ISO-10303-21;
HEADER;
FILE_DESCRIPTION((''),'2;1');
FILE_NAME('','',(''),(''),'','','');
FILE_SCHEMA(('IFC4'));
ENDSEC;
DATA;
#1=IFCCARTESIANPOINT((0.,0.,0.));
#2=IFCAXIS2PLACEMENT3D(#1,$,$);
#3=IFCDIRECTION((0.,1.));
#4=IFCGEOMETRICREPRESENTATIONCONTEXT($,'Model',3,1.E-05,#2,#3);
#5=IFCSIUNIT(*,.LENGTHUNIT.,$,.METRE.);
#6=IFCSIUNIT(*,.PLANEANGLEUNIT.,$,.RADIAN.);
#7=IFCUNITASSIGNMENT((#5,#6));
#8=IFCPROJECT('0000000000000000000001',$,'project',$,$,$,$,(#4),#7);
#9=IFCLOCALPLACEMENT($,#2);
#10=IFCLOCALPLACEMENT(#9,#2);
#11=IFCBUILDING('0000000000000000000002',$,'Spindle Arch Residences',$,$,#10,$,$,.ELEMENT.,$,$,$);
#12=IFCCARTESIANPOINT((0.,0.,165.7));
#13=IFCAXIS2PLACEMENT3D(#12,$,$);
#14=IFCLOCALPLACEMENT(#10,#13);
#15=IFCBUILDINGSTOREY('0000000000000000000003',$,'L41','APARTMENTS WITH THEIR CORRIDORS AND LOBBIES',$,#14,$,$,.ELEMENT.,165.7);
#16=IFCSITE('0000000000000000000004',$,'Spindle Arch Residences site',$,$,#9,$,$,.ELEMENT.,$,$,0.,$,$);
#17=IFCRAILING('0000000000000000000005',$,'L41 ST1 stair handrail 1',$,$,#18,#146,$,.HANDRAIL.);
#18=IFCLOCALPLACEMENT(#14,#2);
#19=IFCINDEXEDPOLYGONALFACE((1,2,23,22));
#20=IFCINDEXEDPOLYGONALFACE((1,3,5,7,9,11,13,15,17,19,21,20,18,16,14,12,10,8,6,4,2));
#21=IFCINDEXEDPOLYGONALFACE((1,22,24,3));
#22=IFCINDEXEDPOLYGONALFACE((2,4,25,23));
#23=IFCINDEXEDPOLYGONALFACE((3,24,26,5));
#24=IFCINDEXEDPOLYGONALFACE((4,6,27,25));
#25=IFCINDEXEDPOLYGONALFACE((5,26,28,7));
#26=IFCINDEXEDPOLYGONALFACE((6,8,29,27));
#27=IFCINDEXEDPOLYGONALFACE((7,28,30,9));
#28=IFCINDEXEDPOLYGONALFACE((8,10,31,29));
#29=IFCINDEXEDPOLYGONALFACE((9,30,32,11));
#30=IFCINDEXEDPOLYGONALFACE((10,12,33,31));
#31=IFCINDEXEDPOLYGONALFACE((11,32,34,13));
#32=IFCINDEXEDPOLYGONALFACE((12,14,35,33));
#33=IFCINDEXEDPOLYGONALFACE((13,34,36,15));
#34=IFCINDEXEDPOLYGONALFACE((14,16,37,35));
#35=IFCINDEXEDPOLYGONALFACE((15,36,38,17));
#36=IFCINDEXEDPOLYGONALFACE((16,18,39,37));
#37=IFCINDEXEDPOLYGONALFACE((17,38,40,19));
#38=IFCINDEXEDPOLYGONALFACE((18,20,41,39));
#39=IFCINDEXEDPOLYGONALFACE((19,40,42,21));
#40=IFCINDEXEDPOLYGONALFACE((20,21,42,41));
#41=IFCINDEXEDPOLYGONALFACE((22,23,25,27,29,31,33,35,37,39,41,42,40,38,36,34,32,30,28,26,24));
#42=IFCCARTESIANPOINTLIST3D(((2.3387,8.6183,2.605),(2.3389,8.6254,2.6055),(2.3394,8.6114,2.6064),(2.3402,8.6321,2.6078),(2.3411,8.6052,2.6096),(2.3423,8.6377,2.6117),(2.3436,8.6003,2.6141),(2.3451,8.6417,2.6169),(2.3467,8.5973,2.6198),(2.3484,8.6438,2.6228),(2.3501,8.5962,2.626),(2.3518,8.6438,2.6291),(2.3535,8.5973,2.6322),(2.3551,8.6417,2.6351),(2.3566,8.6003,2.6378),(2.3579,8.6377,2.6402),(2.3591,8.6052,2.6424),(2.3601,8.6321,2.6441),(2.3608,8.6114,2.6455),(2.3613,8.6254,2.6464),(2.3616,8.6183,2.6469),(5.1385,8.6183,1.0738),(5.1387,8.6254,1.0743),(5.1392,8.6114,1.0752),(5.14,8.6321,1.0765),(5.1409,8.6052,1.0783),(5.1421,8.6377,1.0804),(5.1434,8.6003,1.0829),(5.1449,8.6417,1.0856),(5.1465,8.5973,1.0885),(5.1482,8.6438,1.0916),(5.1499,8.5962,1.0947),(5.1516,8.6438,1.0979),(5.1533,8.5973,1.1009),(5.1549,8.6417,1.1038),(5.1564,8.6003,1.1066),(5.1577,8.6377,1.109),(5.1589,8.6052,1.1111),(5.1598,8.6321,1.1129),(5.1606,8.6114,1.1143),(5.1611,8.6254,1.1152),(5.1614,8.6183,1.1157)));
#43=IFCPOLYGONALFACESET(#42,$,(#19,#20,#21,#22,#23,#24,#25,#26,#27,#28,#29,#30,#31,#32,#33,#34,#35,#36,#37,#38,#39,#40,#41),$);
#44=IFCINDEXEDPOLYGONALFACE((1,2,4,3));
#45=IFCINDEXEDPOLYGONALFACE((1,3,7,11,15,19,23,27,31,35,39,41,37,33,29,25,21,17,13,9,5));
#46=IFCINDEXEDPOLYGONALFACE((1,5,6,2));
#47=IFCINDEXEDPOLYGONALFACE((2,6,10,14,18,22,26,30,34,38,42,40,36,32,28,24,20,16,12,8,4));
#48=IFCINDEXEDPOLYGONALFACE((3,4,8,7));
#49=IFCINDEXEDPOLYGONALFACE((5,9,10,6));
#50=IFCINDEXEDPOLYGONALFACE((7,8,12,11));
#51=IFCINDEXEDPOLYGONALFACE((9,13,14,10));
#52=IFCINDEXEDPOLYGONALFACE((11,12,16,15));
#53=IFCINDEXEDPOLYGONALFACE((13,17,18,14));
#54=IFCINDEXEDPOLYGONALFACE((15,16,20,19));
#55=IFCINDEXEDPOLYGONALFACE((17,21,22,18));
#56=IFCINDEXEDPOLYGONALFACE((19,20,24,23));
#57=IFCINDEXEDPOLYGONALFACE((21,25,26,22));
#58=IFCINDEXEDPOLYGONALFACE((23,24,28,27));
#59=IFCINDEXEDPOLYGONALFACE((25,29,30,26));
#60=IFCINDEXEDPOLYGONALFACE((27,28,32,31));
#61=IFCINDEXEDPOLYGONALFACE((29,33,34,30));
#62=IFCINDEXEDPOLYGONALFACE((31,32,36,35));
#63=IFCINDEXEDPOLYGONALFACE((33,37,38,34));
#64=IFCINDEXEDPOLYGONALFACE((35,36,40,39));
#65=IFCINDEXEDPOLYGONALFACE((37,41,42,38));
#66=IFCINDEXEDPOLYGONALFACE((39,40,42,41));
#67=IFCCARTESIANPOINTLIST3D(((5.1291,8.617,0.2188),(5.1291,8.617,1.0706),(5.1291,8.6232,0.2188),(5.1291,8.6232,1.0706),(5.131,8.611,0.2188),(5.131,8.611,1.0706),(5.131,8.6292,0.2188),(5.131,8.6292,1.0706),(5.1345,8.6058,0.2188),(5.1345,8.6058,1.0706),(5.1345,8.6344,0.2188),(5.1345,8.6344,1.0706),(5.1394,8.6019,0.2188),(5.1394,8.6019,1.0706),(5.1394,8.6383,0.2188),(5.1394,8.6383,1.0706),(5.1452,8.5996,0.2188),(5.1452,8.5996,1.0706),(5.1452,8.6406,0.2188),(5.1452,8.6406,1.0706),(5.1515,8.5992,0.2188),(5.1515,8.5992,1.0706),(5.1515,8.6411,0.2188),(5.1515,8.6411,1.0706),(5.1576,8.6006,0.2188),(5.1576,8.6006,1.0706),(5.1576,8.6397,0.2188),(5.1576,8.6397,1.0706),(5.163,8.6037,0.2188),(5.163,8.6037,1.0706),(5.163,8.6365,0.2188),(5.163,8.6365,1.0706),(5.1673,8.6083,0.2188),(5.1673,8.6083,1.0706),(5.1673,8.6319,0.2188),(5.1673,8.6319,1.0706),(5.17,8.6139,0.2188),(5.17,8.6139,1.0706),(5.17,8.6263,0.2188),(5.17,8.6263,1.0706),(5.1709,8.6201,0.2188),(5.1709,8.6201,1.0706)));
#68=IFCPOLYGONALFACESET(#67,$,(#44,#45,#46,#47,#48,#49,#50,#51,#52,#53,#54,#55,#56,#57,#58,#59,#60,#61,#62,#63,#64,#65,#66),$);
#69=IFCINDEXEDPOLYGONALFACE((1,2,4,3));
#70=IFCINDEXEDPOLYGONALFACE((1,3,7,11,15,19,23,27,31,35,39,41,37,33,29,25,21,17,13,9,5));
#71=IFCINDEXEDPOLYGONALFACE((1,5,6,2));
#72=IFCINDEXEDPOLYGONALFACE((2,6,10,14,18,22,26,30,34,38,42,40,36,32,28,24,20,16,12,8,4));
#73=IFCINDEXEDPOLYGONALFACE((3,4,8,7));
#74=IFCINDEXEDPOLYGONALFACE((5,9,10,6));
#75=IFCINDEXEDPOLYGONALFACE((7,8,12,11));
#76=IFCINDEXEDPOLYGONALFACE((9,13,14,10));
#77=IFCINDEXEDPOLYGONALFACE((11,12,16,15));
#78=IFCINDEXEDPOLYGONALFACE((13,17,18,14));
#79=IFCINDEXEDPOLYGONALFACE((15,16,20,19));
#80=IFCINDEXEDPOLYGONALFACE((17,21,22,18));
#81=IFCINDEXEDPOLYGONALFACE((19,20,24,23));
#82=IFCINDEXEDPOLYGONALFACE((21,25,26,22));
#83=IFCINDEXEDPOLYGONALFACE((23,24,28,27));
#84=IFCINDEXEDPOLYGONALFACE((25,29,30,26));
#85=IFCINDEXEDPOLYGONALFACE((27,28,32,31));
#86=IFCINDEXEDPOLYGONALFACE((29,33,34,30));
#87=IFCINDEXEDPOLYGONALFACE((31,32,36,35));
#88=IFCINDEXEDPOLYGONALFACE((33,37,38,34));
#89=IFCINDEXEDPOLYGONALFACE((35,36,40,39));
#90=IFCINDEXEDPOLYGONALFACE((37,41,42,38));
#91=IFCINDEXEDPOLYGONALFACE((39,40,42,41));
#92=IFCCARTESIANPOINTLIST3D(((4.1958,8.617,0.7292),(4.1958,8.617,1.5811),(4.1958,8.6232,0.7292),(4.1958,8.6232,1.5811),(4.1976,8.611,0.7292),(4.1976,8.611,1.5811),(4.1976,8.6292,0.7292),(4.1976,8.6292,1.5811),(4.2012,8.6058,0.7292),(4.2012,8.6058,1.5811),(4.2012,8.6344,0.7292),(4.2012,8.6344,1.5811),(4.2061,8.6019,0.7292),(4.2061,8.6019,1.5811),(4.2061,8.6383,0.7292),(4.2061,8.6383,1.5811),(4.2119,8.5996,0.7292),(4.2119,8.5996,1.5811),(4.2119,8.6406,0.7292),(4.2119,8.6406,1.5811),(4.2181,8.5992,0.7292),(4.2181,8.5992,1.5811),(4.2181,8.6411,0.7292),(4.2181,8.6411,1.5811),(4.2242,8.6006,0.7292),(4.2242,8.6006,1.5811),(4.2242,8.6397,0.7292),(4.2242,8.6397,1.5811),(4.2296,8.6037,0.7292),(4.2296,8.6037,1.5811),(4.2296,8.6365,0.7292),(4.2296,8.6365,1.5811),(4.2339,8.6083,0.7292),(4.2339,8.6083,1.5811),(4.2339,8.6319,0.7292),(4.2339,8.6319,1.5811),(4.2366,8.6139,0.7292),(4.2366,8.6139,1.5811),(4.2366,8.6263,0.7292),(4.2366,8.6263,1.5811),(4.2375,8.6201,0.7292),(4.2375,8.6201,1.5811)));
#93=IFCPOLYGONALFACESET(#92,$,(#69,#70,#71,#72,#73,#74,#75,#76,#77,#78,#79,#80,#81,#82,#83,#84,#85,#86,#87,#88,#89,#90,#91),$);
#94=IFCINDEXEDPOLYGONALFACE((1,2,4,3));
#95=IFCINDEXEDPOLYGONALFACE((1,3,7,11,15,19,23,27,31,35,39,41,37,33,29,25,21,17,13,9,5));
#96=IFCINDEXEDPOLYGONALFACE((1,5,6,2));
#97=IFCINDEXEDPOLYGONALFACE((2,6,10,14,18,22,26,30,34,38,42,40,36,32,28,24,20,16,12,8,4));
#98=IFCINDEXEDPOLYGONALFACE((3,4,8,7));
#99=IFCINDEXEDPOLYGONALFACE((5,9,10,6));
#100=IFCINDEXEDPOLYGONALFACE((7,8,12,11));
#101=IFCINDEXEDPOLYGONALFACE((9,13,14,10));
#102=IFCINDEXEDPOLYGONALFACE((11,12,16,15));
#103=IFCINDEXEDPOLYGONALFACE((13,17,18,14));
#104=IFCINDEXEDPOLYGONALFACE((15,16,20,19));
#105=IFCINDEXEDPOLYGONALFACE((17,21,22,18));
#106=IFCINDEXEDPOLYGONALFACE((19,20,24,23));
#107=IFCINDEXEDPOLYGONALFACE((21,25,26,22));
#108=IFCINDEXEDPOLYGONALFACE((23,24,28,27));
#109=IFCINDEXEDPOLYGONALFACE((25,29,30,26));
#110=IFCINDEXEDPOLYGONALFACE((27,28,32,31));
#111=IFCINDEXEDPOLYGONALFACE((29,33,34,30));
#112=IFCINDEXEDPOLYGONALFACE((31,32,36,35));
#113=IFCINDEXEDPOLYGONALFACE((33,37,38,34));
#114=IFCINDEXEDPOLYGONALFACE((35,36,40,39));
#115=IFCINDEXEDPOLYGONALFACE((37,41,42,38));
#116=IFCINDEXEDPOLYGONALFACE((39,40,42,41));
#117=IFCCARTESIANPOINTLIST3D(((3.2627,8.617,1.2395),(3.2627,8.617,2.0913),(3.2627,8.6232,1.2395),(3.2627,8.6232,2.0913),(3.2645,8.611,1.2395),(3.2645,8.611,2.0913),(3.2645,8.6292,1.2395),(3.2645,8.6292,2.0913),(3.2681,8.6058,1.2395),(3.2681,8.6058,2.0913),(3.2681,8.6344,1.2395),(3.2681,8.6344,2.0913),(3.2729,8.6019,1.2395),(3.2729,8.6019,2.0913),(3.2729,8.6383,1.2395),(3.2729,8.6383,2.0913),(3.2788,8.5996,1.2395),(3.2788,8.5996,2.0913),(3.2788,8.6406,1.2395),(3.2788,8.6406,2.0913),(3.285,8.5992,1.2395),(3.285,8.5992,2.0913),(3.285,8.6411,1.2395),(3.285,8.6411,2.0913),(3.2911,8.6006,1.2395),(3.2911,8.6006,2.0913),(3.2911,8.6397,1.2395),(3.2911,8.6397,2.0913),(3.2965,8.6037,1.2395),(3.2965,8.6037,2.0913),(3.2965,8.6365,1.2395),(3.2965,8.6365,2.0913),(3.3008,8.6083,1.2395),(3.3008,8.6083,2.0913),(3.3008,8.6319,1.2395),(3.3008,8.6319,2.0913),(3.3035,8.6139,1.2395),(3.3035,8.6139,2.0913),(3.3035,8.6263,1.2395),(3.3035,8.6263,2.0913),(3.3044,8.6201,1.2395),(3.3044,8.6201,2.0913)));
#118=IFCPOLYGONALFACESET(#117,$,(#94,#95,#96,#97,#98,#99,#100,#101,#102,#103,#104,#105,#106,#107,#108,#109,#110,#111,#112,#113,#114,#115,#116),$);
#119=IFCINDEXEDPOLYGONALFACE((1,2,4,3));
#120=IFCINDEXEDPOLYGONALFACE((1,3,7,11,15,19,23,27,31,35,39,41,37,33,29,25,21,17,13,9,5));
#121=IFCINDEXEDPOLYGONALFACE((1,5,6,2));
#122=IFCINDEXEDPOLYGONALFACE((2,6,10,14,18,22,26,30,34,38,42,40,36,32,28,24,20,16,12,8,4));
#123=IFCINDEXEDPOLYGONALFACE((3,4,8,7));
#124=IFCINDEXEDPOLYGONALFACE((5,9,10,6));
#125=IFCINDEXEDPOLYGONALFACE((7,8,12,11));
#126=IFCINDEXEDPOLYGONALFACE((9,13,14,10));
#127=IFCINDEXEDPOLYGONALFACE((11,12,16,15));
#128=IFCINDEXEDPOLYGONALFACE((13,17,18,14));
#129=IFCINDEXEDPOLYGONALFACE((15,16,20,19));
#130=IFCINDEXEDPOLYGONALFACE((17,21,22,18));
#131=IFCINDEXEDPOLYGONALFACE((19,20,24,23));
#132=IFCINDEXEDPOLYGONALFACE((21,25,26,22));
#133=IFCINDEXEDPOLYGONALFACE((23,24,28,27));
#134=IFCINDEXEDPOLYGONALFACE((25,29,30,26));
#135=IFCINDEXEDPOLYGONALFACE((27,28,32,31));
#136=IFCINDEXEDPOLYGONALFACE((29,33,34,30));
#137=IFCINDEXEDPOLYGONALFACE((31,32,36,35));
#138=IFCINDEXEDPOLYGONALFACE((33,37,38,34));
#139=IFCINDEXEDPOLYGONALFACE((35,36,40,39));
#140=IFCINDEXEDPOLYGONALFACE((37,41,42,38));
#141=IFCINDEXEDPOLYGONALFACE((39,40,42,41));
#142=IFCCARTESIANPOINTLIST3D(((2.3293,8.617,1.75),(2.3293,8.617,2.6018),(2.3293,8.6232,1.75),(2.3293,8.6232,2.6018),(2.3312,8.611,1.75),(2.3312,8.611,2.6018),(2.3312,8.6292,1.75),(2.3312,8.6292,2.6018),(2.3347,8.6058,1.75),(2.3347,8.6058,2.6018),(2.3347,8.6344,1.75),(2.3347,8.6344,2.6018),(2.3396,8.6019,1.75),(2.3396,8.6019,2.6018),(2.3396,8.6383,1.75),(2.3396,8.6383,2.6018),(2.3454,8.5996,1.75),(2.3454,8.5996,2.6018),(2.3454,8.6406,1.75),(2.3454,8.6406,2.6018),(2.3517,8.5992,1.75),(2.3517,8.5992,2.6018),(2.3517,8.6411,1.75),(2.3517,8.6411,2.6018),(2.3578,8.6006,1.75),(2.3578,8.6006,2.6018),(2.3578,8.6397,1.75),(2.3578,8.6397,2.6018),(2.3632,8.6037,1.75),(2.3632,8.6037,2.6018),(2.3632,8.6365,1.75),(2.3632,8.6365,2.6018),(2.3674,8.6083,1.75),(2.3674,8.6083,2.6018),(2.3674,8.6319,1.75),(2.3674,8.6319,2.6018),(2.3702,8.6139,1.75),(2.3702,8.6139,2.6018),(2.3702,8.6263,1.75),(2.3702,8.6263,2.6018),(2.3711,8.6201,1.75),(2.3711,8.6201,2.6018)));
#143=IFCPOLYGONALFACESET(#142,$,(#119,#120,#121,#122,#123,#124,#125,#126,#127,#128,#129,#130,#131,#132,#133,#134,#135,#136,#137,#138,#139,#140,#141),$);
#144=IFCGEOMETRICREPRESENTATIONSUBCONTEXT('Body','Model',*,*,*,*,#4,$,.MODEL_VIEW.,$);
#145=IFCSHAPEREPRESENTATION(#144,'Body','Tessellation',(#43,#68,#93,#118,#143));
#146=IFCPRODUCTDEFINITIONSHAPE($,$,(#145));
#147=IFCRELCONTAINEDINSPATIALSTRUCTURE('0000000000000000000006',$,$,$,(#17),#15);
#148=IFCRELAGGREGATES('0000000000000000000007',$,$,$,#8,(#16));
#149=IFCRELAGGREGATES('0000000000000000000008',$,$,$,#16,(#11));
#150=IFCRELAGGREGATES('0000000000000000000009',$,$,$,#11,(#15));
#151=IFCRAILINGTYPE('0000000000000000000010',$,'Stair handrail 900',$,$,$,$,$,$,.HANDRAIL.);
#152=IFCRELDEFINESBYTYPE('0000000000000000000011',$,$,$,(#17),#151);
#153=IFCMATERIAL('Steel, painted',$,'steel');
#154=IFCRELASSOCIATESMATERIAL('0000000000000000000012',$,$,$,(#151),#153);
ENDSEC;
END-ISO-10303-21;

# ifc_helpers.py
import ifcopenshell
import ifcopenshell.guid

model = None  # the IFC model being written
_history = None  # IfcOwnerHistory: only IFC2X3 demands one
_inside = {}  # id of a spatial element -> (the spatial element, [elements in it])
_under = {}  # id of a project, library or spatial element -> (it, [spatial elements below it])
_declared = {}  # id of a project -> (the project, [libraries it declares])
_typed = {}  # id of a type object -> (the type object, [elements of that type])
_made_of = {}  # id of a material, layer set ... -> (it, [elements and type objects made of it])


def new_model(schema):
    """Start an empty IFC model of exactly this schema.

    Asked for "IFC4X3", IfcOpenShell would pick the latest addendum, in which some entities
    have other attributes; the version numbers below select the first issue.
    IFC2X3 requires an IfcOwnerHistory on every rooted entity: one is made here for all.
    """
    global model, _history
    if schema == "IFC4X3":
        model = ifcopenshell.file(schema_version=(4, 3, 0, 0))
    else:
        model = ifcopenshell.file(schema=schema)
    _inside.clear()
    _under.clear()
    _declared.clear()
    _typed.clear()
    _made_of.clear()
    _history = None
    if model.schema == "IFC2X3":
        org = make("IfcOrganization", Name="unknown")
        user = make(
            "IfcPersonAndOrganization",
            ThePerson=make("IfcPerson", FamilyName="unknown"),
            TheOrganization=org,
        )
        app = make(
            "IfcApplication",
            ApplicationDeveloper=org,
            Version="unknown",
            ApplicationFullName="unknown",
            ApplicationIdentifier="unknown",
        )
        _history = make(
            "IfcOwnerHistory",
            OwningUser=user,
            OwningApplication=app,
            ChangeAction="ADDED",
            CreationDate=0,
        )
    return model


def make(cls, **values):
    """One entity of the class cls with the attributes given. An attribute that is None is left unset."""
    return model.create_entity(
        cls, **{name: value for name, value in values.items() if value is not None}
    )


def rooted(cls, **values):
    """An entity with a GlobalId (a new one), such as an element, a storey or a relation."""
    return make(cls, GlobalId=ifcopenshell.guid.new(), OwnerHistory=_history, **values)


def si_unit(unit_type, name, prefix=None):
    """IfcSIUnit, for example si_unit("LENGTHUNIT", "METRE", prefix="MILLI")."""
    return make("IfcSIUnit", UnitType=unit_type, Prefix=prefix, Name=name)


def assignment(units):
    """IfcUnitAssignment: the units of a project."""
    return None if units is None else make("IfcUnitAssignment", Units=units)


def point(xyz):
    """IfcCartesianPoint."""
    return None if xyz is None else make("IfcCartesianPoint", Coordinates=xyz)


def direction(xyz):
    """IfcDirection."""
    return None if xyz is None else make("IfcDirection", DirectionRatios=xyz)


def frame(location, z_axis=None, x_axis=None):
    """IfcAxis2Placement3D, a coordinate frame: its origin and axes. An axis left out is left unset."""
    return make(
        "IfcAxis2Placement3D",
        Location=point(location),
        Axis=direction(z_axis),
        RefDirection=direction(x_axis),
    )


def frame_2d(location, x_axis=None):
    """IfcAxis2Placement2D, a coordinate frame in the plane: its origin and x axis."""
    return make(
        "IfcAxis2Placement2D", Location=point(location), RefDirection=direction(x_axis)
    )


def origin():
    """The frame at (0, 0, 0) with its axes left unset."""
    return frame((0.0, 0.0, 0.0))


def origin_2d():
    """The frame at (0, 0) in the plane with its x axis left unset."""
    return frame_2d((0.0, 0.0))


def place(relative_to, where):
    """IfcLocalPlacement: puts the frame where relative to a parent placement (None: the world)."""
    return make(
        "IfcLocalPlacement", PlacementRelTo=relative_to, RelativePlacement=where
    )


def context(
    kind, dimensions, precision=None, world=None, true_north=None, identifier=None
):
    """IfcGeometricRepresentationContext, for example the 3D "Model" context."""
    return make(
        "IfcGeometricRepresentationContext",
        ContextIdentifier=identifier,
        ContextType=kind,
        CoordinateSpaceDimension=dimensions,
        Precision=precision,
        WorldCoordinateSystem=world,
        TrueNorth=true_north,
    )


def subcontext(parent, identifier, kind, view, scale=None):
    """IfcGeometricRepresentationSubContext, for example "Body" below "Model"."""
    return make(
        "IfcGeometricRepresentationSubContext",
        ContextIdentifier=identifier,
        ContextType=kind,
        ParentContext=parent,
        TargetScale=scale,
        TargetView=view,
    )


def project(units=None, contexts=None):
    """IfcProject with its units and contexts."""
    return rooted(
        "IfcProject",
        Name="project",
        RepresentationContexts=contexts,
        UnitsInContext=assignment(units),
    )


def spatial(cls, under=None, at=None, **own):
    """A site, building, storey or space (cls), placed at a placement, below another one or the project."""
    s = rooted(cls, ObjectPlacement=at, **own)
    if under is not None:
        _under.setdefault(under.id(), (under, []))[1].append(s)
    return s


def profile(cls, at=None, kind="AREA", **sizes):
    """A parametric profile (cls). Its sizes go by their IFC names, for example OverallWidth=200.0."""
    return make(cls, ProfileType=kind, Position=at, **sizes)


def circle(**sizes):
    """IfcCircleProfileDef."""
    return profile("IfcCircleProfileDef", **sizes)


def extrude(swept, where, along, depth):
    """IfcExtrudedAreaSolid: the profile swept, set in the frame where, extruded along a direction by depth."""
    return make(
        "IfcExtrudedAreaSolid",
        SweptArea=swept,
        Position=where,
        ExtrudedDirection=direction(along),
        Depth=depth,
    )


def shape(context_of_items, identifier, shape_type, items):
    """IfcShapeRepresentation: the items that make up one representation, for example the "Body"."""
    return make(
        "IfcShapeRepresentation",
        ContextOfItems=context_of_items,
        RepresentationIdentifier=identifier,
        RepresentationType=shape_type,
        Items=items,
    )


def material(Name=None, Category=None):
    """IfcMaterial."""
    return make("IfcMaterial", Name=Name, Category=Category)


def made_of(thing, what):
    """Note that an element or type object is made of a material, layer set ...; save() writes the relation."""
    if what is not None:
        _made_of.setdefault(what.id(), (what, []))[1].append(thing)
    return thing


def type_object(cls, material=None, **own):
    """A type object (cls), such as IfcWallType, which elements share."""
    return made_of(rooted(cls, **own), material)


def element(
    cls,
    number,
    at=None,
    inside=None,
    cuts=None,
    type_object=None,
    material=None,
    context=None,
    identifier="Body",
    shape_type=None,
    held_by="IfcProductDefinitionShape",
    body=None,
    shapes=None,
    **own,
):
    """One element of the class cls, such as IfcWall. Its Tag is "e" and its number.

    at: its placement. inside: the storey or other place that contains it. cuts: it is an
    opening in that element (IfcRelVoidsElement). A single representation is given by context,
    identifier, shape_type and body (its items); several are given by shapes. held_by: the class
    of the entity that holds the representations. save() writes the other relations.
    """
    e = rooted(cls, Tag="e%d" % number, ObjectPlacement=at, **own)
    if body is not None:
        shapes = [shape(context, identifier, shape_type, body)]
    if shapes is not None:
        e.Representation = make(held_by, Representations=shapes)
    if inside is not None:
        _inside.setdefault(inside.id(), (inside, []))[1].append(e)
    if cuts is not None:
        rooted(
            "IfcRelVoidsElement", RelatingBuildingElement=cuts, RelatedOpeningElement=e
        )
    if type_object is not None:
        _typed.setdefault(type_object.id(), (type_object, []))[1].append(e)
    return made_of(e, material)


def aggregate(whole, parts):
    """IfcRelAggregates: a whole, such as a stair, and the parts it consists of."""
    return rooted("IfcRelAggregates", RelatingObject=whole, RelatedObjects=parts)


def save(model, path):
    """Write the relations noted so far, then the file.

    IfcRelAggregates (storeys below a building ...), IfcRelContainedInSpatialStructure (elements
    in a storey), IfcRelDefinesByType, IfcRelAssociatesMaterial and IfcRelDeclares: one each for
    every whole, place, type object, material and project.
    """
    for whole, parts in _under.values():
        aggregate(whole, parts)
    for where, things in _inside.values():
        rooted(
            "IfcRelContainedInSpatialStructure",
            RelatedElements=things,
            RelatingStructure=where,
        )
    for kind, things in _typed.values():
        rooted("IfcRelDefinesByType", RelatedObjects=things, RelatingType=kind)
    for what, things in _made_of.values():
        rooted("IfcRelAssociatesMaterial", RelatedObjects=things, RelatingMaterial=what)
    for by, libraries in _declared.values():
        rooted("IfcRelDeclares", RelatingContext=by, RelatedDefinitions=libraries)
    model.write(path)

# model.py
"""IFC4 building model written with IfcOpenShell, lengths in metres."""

from ifc_helpers import new_model, si_unit, direction, frame, origin, origin_2d, place, context, subcontext, project, spatial, circle, extrude, material, type_object, element, save


model = new_model("IFC4")

# Units and contexts
model_context = context("Model", 3, precision=1e-05, world=origin(), true_north=direction((0.0, 1.0)))
body_context = subcontext(model_context, "Body", "Model", "MODEL_VIEW")
ifc_project = project(units=[si_unit("LENGTHUNIT", "METRE"), si_unit("PLANEANGLEUNIT", "RADIAN")], contexts=[model_context])

# Site, building, storey
site_placement = place(None, origin())
site = spatial("IfcSite", under=ifc_project, at=site_placement, Name="Spindle Arch Residences site", CompositionType="ELEMENT", RefElevation=0.0)
building_placement = place(site_placement, origin())
building = spatial("IfcBuilding", under=site, at=building_placement, Name="Spindle Arch Residences", CompositionType="ELEMENT")
storey_placement = place(building_placement, frame((0.0, 0.0, 165.7)))
storey = spatial("IfcBuildingStorey", under=building, at=storey_placement, Name="L41", Description="APARTMENTS WITH THEIR CORRIDORS AND LOBBIES", CompositionType="ELEMENT", Elevation=165.7)

# Railing
ifc_material_1 = material(Name="Steel, painted", Category="steel")
railing_type_1 = type_object("IfcRailingType", Name="Stair handrail 900", PredefinedType="HANDRAIL", material=ifc_material_1)
railing_1_placement = place(storey_placement, frame((5.1499, 8.6201, 0.2188)))
element("IfcRailing", 1, at=railing_1_placement, inside=storey, type_object=railing_type_1, Name="L41 ST1 stair handrail 1", PredefinedType="HANDRAIL", context=body_context, shape_type="SweptSolid", body=[
    extrude(circle(Radius=0.0239, at=origin_2d()), frame((0.0, 0.0, 0.876), z_axis=(-0.877357, 0.0, 0.479838), x_axis=(0.0, -1.0, 0.0)), (0.0, 0.0, 1.0), 3.1912),
    extrude(circle(Radius=0.021, at=origin_2d()), origin(), (0.0, 0.0, 1.0), 0.8518),
    extrude(circle(Radius=0.021, at=origin_2d()), frame((-0.9333, 0.0, 0.5105)), (0.0, 0.0, 1.0), 0.8518),
    extrude(circle(Radius=0.021, at=origin_2d()), frame((-1.8665, 0.0, 1.0208)), (0.0, 0.0, 1.0), 0.8518),
    extrude(circle(Radius=0.021, at=origin_2d()), frame((-2.7998, 0.0, 1.5312)), (0.0, 0.0, 1.0), 0.8518),
])

save(model, "model.ifc")
